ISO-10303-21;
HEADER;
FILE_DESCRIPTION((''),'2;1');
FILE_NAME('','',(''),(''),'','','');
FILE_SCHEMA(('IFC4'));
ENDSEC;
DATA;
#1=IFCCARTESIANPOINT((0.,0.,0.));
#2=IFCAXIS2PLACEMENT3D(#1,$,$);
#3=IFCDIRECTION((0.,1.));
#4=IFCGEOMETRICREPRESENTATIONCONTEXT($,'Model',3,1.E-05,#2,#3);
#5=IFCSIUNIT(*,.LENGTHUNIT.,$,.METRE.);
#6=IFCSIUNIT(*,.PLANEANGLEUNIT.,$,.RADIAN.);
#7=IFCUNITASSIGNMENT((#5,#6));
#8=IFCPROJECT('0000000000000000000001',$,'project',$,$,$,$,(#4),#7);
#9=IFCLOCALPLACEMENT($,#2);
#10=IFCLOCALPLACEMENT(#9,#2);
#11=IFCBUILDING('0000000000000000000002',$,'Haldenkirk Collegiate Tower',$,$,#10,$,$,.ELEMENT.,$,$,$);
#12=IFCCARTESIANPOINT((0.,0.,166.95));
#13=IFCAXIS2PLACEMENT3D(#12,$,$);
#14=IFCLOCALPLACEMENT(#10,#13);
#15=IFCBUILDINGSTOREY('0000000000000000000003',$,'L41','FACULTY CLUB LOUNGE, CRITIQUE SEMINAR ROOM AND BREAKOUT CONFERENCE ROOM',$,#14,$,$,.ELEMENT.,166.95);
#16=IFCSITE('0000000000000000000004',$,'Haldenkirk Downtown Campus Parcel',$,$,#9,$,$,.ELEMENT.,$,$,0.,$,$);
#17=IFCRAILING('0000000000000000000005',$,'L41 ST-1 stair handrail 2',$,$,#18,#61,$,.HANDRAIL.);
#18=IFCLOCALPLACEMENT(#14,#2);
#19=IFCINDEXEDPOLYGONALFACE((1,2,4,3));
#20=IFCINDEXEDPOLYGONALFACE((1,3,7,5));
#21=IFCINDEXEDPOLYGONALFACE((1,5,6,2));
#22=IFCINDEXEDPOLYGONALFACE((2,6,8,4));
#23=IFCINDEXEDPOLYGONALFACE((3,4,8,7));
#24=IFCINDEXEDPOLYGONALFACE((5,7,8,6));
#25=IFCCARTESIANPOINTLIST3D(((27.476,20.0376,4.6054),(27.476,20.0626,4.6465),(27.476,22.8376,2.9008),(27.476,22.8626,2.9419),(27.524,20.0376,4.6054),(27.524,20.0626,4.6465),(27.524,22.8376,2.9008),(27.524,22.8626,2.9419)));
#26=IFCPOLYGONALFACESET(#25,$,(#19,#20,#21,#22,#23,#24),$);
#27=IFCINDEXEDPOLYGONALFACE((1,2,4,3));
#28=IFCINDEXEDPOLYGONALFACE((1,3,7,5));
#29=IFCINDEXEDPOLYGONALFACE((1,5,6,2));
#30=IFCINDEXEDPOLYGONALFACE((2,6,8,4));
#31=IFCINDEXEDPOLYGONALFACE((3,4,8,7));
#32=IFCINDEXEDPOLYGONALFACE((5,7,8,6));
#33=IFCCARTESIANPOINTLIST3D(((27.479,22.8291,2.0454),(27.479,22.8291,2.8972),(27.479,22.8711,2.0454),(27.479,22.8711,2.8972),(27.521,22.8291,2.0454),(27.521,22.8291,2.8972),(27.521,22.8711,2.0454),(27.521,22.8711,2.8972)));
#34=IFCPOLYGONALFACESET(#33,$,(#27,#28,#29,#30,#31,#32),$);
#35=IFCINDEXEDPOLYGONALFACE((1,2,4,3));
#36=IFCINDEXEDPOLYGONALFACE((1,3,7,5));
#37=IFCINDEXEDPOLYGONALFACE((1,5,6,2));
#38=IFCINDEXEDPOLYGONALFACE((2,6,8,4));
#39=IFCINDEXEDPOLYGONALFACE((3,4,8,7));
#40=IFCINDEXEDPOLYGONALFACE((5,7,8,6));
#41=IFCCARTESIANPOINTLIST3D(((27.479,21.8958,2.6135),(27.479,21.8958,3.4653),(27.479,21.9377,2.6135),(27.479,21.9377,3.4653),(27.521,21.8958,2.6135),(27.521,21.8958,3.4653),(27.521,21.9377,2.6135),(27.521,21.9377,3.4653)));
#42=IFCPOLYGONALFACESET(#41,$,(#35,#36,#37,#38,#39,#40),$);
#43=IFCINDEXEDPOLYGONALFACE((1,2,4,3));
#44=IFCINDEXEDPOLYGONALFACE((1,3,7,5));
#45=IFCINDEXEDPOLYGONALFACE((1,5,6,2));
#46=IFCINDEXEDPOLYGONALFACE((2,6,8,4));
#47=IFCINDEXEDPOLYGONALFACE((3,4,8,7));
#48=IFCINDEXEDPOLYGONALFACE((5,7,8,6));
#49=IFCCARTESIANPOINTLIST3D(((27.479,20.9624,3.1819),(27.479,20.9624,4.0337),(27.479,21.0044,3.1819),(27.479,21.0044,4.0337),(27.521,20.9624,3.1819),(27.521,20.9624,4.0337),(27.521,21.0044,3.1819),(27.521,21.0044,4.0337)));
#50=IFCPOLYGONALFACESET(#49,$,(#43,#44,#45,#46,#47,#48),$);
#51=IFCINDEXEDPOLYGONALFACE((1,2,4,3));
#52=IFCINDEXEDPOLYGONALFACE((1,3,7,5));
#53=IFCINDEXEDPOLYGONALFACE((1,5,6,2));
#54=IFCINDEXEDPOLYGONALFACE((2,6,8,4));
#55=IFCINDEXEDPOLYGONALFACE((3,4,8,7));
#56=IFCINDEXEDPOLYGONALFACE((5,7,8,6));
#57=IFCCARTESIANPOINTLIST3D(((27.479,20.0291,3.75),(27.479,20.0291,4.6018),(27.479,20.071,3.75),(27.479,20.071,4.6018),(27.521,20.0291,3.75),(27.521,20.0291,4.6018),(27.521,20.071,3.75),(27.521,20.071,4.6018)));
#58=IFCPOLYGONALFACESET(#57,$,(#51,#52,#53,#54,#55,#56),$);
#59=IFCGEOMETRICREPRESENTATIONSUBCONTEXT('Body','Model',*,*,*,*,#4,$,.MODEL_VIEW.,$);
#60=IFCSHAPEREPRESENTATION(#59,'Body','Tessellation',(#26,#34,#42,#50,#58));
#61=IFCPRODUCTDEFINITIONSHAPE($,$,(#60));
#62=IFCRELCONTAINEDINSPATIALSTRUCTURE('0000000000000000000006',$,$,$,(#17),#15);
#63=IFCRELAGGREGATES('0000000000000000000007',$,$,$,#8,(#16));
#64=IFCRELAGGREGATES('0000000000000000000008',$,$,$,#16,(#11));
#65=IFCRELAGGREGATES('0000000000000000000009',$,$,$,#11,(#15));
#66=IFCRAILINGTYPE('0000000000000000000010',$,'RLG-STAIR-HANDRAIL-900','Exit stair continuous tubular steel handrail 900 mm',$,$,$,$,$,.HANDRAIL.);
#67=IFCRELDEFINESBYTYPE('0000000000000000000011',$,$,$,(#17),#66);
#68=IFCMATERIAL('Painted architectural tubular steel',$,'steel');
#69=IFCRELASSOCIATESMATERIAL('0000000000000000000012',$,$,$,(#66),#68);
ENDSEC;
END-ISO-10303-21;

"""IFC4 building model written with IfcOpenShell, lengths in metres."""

from ifc_helpers import new_model, si_unit, direction, frame, origin, origin_2d, place, context, subcontext, project, spatial, rectangle, extrude, material, type_object, element, save


model = new_model("IFC4")

# Units and contexts
model_context = context("Model", 3, precision=1e-05, world=origin(), true_north=direction((0.0, 1.0)))
body_context = subcontext(model_context, "Body", "Model", "MODEL_VIEW")
ifc_project = project(units=[si_unit("LENGTHUNIT", "METRE"), si_unit("PLANEANGLEUNIT", "RADIAN")], contexts=[model_context])

# Site, building, storey
site_placement = place(None, origin())
site = spatial("IfcSite", under=ifc_project, at=site_placement, Name="Haldenkirk Downtown Campus Parcel", CompositionType="ELEMENT", RefElevation=0.0)
building_placement = place(site_placement, origin())
building = spatial("IfcBuilding", under=site, at=building_placement, Name="Haldenkirk Collegiate Tower", CompositionType="ELEMENT")
storey_placement = place(building_placement, frame((0.0, 0.0, 166.95)))
storey = spatial("IfcBuildingStorey", under=building, at=storey_placement, Name="L41", Description="FACULTY CLUB LOUNGE, CRITIQUE SEMINAR ROOM AND BREAKOUT CONFERENCE ROOM", CompositionType="ELEMENT", Elevation=166.95)

# Railing
ifc_material_1 = material(Name="Painted architectural tubular steel", Category="steel")
railing_type_1 = type_object("IfcRailingType", Name="RLG-STAIR-HANDRAIL-900", Description="Exit stair continuous tubular steel handrail 900 mm", PredefinedType="HANDRAIL", material=ifc_material_1)
railing_1_placement = place(storey_placement, frame((27.5, 22.8501, 2.0454)))
element("IfcRailing", 1, at=railing_1_placement, inside=storey, type_object=railing_type_1, Name="L41 ST-1 stair handrail 2", PredefinedType="HANDRAIL", context=body_context, shape_type="SweptSolid", body=[
    extrude(rectangle(XDim=0.0481, YDim=0.0481, at=origin_2d()), frame((0.0, 0.0, 0.876), z_axis=(0.0, -0.85417, 0.519994), x_axis=(1.0, 0.0, 0.0)), (0.0, 0.0, 1.0), 3.2781),
    extrude(rectangle(XDim=0.042, YDim=0.042, at=origin_2d()), origin(), (0.0, 0.0, 1.0), 0.8518),
    extrude(rectangle(XDim=0.042, YDim=0.042, at=origin_2d()), frame((0.0, -0.9333, 0.5681)), (0.0, 0.0, 1.0), 0.8518),
    extrude(rectangle(XDim=0.042, YDim=0.042, at=origin_2d()), frame((0.0, -1.8667, 1.1365)), (0.0, 0.0, 1.0), 0.8518),
    extrude(rectangle(XDim=0.042, YDim=0.042, at=origin_2d()), frame((0.0, -2.8, 1.7046)), (0.0, 0.0, 1.0), 0.8518),
])

save(model, "model.ifc")
